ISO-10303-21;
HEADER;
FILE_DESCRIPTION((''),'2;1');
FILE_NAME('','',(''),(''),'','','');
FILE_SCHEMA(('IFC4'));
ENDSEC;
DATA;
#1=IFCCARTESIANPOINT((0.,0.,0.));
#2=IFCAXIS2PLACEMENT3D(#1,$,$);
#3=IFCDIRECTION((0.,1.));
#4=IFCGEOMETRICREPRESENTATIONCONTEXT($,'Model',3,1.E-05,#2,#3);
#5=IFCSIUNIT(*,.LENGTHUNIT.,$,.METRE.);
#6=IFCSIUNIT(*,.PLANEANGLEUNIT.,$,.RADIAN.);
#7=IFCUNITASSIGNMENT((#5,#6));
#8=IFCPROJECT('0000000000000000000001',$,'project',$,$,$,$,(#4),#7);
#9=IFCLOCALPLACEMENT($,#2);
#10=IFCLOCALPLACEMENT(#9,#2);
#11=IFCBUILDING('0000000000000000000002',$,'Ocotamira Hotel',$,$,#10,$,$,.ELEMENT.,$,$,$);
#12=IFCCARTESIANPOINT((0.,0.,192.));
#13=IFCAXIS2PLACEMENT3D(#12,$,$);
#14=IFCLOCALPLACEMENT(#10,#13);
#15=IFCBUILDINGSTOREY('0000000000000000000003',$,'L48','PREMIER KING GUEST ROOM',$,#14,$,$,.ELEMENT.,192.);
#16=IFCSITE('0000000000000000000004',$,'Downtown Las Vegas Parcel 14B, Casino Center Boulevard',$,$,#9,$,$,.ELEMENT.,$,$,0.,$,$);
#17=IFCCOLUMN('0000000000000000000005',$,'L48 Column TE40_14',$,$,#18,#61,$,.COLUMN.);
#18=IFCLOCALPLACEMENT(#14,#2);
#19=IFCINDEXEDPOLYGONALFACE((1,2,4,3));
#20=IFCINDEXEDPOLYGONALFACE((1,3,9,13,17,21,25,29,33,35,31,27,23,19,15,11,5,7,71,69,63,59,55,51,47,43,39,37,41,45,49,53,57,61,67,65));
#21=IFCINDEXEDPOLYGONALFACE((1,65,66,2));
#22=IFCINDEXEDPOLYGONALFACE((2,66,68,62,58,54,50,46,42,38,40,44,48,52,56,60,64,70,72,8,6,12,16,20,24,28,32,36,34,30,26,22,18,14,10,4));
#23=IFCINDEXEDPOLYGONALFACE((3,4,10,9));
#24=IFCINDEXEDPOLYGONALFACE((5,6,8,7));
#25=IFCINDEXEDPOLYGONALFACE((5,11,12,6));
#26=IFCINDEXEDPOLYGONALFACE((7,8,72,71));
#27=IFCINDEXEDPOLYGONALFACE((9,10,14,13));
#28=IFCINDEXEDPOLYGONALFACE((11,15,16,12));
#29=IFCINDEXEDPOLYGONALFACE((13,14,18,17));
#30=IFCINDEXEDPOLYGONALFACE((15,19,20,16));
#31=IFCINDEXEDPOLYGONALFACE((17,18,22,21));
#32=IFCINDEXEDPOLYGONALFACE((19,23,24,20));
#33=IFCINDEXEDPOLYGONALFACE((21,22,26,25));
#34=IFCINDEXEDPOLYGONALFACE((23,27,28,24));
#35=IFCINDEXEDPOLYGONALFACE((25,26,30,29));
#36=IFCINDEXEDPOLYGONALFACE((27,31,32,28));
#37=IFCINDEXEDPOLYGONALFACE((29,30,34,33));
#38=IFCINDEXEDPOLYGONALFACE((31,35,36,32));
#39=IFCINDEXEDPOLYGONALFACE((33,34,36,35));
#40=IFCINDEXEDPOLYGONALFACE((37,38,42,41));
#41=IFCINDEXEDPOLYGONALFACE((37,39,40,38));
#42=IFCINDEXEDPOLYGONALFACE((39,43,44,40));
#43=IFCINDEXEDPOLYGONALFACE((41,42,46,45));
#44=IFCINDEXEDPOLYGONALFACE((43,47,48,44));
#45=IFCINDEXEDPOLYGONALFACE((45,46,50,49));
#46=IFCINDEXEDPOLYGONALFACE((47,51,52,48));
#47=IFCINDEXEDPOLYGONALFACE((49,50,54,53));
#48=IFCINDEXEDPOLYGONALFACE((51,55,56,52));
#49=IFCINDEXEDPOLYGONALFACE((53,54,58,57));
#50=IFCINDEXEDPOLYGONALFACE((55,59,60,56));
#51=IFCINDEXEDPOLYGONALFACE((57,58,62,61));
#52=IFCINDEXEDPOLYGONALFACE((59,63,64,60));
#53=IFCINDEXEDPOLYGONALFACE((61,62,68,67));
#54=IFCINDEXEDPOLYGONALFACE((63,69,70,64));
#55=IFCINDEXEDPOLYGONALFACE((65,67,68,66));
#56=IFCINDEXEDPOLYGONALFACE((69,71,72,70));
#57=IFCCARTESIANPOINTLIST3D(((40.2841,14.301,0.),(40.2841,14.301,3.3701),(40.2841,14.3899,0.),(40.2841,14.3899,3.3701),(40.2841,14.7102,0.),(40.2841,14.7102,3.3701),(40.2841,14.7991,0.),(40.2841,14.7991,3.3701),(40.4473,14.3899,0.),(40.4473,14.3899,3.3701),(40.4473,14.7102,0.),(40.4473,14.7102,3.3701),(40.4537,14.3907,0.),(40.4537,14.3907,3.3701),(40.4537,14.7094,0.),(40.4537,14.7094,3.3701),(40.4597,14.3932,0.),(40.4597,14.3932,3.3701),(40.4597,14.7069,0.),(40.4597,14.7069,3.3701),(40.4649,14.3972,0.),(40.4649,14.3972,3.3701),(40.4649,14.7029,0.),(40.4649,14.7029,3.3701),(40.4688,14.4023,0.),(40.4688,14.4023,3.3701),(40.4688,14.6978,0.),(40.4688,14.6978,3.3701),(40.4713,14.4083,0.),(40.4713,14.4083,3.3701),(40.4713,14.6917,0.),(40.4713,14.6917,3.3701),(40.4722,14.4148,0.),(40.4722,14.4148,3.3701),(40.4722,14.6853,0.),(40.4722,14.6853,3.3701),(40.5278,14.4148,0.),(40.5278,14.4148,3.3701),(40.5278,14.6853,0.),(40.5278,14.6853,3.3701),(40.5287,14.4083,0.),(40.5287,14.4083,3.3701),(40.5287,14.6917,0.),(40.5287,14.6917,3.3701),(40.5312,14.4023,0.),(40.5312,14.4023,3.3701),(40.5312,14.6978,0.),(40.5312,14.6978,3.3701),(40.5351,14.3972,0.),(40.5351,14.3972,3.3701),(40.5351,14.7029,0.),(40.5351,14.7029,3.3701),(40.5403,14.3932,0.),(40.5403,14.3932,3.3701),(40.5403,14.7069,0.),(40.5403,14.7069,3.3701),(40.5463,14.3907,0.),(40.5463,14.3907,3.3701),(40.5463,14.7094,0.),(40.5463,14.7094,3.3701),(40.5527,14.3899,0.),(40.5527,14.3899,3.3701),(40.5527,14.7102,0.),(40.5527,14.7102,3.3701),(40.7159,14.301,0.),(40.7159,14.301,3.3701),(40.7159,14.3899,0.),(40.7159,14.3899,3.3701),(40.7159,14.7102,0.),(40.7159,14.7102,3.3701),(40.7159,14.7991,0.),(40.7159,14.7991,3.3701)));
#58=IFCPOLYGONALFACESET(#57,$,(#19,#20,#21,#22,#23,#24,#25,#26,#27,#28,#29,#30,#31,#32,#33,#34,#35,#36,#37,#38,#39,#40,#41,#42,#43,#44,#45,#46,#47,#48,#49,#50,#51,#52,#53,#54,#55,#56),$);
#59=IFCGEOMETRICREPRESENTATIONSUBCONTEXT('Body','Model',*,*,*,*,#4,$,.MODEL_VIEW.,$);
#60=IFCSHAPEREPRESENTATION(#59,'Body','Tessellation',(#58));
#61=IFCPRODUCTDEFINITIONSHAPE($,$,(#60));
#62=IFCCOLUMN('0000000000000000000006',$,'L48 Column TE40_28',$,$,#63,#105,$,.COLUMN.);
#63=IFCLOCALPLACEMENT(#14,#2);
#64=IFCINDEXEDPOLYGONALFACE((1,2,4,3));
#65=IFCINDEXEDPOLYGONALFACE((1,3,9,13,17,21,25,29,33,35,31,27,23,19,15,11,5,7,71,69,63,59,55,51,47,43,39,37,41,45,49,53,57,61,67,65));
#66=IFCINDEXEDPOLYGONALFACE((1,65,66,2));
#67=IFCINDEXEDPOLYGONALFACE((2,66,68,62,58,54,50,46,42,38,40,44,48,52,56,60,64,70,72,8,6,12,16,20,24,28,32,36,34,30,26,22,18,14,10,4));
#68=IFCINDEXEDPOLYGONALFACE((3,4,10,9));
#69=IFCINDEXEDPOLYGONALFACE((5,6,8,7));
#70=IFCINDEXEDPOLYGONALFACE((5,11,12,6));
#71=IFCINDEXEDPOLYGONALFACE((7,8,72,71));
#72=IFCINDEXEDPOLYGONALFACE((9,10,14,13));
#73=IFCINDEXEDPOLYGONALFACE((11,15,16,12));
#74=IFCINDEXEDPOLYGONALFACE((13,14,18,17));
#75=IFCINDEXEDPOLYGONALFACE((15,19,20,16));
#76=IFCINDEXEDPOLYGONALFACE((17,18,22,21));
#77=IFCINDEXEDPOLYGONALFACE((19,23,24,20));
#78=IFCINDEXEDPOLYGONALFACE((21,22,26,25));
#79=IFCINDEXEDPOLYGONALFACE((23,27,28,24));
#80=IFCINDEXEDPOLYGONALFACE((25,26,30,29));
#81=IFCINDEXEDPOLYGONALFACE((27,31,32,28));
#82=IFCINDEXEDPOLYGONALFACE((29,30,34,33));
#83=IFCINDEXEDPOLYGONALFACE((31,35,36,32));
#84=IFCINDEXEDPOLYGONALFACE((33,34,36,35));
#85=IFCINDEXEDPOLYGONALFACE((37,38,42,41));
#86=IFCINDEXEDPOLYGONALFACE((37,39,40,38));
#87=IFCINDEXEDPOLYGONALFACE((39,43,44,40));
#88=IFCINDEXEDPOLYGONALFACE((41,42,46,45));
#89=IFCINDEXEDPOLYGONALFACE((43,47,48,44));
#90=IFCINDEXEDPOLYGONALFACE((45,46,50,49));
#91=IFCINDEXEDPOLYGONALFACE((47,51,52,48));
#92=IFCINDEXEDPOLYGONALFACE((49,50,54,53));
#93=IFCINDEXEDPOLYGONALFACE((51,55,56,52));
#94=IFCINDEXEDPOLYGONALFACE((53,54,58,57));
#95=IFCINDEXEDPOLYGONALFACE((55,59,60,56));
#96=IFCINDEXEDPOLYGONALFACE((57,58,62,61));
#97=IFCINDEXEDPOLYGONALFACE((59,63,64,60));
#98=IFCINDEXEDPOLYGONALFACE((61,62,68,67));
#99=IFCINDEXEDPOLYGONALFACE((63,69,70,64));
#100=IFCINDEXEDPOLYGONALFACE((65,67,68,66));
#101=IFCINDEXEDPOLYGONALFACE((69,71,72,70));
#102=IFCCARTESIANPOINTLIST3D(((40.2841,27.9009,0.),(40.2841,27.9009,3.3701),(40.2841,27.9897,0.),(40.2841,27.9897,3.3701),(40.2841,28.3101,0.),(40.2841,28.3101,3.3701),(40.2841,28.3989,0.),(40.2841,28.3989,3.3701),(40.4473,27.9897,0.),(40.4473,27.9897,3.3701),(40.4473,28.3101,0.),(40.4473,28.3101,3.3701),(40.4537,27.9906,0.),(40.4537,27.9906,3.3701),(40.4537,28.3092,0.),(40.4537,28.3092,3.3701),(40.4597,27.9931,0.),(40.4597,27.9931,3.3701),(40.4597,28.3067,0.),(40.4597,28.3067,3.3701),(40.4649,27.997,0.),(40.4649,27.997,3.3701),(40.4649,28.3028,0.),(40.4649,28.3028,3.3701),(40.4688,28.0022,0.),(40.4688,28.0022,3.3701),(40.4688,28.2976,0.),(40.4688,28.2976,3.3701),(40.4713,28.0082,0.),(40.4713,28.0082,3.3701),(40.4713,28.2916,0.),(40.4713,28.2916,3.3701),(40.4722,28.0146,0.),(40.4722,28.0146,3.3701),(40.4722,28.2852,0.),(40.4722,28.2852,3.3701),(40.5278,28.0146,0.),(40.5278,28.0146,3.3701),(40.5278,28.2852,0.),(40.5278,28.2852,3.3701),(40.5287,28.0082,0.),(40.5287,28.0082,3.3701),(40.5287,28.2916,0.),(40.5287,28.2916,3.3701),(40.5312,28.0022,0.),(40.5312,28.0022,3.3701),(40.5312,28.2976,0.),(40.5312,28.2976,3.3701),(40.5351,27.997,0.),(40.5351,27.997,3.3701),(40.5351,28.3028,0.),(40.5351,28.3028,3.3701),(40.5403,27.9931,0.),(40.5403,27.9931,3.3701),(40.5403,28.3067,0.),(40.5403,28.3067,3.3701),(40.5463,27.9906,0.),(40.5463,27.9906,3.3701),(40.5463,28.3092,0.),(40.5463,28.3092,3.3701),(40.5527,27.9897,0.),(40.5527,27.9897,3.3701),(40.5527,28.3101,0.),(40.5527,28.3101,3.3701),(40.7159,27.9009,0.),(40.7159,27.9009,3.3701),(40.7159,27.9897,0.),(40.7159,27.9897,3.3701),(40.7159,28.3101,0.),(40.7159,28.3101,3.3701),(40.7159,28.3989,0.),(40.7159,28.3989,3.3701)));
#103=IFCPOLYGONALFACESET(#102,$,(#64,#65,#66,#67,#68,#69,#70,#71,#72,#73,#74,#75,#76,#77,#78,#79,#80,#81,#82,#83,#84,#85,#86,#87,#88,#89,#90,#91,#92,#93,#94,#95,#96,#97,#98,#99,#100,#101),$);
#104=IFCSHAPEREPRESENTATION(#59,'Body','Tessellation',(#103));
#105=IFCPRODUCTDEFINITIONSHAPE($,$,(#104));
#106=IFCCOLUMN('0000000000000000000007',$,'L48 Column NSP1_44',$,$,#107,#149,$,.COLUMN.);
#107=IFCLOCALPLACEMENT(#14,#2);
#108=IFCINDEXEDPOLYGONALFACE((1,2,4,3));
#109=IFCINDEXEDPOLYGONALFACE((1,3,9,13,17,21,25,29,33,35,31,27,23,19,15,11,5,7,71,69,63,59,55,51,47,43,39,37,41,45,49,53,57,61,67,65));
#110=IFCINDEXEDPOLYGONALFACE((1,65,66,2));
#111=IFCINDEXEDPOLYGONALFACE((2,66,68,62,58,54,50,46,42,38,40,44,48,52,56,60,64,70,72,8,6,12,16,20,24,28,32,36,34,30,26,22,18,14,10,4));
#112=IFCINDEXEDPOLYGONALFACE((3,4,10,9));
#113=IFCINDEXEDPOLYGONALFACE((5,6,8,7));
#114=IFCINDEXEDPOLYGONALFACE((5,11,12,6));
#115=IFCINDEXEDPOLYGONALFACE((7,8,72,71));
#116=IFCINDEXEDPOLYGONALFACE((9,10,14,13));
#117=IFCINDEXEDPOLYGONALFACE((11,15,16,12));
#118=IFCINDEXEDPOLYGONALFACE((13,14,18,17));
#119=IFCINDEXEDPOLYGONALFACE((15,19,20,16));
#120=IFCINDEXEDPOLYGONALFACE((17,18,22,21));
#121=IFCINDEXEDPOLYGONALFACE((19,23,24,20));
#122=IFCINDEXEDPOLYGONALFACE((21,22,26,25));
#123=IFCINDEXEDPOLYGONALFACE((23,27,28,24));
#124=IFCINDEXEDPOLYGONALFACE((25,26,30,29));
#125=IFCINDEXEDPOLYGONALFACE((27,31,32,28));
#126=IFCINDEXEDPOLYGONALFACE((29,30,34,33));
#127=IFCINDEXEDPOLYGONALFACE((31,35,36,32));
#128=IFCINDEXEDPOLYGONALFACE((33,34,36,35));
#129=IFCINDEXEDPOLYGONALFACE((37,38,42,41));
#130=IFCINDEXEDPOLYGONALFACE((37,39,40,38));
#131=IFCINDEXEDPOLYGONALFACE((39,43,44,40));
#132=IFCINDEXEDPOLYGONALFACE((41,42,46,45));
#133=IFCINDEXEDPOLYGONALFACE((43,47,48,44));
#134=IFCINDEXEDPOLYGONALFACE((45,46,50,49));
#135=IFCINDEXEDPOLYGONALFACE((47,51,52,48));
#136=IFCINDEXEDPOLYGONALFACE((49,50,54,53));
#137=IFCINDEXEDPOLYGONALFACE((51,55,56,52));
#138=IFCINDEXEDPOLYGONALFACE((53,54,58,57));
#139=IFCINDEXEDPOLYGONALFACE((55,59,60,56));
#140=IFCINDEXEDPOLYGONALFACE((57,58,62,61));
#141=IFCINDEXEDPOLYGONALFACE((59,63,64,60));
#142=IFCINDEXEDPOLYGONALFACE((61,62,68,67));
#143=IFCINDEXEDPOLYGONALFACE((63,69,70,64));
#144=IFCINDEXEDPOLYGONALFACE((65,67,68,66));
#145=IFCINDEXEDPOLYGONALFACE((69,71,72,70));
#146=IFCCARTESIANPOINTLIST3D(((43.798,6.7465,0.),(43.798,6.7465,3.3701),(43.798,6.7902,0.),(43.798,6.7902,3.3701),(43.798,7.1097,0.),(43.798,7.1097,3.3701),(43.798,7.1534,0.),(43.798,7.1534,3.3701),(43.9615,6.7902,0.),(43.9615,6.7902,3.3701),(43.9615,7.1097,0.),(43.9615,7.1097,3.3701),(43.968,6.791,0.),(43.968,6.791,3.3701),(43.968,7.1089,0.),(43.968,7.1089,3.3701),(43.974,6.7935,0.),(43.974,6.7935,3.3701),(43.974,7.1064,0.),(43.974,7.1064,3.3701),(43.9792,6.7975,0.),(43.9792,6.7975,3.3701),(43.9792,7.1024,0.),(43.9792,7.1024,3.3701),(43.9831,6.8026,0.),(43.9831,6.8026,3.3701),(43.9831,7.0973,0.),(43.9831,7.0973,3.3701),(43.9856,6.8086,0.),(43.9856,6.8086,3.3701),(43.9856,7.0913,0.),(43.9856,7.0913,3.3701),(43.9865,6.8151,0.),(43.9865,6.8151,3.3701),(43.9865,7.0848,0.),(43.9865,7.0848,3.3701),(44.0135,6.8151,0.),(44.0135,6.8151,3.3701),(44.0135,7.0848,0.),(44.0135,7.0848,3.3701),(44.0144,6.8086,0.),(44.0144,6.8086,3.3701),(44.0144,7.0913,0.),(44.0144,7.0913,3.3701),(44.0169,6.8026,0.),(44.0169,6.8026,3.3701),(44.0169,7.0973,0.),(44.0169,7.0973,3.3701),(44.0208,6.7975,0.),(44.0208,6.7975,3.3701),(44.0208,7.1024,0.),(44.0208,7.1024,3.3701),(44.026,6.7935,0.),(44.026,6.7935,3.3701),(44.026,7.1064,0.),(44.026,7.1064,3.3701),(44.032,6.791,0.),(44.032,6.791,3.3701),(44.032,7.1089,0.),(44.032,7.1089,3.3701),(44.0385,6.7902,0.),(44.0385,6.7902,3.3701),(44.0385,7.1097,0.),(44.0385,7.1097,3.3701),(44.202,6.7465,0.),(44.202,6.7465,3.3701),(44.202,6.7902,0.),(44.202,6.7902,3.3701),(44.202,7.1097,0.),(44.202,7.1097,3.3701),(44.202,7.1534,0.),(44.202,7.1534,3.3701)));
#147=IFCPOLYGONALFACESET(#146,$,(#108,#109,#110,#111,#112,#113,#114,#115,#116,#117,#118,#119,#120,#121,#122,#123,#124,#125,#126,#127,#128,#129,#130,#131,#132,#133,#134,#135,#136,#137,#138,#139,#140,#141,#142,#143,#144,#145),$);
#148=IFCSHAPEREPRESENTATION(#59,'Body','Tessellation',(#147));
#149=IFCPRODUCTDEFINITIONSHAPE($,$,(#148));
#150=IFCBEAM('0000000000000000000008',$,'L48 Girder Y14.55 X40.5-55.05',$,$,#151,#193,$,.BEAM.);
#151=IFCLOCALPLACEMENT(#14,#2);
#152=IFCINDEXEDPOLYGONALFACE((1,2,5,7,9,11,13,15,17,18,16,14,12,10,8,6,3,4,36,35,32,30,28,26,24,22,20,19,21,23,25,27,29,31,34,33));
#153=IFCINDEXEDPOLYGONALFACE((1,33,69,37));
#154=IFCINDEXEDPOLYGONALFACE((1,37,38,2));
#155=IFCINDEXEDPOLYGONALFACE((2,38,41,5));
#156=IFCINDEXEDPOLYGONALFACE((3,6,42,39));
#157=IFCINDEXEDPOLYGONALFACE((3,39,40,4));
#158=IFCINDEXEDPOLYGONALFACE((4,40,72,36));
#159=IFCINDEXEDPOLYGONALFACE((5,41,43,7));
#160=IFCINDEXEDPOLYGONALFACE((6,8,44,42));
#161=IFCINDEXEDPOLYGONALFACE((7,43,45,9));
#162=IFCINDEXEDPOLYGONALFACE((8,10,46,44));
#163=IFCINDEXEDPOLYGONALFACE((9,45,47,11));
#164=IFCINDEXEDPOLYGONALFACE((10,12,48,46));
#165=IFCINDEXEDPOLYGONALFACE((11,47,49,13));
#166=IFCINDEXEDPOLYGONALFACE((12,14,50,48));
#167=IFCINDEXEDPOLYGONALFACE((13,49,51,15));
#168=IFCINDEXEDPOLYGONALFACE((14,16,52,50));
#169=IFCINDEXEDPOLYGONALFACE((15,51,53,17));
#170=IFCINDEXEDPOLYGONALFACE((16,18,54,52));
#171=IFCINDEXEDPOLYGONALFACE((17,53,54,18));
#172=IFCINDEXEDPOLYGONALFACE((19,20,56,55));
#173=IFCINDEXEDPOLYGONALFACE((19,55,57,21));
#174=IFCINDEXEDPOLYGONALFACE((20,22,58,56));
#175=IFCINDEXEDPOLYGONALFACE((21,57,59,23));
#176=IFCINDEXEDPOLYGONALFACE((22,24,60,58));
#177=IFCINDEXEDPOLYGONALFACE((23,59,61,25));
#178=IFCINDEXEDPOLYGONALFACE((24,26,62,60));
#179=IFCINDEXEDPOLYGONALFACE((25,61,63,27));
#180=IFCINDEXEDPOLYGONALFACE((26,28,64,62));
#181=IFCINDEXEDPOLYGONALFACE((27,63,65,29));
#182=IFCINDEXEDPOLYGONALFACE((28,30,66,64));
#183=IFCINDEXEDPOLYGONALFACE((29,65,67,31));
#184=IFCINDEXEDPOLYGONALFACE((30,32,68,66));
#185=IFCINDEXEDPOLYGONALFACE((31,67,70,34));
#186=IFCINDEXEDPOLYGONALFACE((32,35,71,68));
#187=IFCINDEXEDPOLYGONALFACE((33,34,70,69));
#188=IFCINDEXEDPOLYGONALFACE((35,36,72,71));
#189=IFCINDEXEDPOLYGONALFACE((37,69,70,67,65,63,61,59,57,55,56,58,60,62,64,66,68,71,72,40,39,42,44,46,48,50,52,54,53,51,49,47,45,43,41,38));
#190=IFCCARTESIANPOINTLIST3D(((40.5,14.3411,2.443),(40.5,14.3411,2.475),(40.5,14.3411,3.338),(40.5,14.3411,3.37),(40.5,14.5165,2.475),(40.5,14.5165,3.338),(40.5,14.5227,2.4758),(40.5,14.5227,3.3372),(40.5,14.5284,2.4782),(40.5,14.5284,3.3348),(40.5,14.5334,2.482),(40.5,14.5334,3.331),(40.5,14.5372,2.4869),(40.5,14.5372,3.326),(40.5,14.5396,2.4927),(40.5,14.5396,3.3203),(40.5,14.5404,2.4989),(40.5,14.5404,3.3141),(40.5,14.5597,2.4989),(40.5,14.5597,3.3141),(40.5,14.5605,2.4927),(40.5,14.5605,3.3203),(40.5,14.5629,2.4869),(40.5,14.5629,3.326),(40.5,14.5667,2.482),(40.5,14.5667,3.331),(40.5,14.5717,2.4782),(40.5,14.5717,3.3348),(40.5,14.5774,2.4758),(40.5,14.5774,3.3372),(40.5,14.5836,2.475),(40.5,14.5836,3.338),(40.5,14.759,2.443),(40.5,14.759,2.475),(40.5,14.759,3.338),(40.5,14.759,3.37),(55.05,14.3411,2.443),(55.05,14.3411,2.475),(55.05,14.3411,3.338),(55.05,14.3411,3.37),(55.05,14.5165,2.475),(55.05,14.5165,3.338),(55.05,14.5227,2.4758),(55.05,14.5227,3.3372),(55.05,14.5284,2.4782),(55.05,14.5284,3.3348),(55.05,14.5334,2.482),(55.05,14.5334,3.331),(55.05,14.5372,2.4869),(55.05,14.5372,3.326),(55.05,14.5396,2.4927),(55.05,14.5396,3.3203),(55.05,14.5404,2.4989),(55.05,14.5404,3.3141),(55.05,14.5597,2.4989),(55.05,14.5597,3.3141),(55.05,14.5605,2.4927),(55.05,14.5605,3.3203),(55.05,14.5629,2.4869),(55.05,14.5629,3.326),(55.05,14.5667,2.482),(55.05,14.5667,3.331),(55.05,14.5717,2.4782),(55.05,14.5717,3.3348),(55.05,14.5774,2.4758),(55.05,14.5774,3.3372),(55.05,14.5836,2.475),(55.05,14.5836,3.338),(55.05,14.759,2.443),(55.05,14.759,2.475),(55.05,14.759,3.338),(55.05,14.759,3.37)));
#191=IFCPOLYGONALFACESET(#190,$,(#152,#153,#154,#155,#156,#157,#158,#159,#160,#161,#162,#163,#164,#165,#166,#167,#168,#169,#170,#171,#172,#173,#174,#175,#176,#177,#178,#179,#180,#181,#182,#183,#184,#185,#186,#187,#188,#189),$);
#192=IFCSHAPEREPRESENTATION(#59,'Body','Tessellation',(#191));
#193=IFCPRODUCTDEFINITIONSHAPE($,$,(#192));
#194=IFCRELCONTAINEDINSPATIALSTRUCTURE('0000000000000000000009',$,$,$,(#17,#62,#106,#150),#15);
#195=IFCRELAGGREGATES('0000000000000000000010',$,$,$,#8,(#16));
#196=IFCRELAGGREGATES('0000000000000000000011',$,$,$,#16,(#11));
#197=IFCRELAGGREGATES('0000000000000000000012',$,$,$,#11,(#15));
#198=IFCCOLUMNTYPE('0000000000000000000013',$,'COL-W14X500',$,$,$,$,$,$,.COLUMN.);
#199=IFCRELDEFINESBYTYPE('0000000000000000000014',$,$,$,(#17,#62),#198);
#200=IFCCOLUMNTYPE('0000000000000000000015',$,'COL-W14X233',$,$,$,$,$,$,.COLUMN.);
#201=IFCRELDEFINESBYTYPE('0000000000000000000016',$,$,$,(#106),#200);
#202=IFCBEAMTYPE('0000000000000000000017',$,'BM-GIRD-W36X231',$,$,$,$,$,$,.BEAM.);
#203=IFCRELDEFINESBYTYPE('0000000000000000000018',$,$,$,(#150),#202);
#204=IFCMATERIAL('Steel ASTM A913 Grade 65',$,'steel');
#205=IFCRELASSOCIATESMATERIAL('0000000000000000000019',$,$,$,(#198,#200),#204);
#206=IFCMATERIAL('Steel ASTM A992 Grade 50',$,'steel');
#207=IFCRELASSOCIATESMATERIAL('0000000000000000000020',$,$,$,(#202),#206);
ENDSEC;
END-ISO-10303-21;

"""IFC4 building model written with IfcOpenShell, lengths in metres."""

from ifc_helpers import new_model, si_unit, direction, frame, origin, origin_2d, place, context, subcontext, project, spatial, i_section, extrude, source, transform, mapped, material, material_profile, profile_set, type_object, element, save


model = new_model("IFC4")

# Units and contexts
model_context = context("Model", 3, precision=1e-05, world=origin(), true_north=direction((0.0, 1.0)))
body_context = subcontext(model_context, "Body", "Model", "MODEL_VIEW")
ifc_project = project(units=[si_unit("LENGTHUNIT", "METRE"), si_unit("PLANEANGLEUNIT", "RADIAN")], contexts=[model_context])

# Site, building, storey
site_placement = place(None, origin())
site = spatial("IfcSite", under=ifc_project, at=site_placement, Name="Downtown Las Vegas Parcel 14B, Casino Center Boulevard", CompositionType="ELEMENT", RefElevation=0.0)
building_placement = place(site_placement, origin())
building = spatial("IfcBuilding", under=site, at=building_placement, Name="Ocotamira Hotel", CompositionType="ELEMENT")
storey_placement = place(building_placement, frame((0.0, 0.0, 192.0)))
storey = spatial("IfcBuildingStorey", under=building, at=storey_placement, Name="L48", Description="PREMIER KING GUEST ROOM", CompositionType="ELEMENT", Elevation=192.0)

# Columns
ifc_material_1 = material(Name="Steel ASTM A913 Grade 65", Category="steel")
ifc_material_profile_1 = material_profile(ifc_material_1, i_section(OverallWidth=0.4319, OverallDepth=0.498, WebThickness=0.0557, FlangeThickness=0.0889, FilletRadius=0.0249, at=origin_2d()), Name="W14X500")
ifc_profile_set_1 = profile_set([ifc_material_profile_1], Name="Steel ASTM A913 Grade 65")
column_type_1 = type_object("IfcColumnType", Name="COL-W14X500", PredefinedType="COLUMN", material=ifc_profile_set_1)
shared_shape_1 = source(origin(), body_context, "Body", "SweptSolid", [
    extrude(i_section(OverallWidth=0.4319, OverallDepth=0.498, WebThickness=0.0557, FlangeThickness=0.0889, FilletRadius=0.0249, at=origin_2d()), origin(), (0.0, 0.0, 1.0), 3.3701),
])
for number, where, z_axis, x_axis, name in (
    (1, (40.5, 14.55, 0.0), (0.0, 0.0, 1.0), (1.0, 0.0, 0.0), "L48 Column TE40_14"),
    (2, (40.5, 28.1499, 0.0), (0.0, 0.0, 1.0), (1.0, 0.0, 0.0), "L48 Column TE40_28"),
):
    element("IfcColumn", number, at=place(storey_placement, frame(where, z_axis=z_axis, x_axis=x_axis)), inside=storey, type_object=column_type_1, Name=name, PredefinedType="COLUMN", context=body_context, shape_type="MappedRepresentation", body=[
        mapped(shared_shape_1, transform((0.0, 0.0, 0.0), scale=1.0)),
    ])
ifc_material_profile_2 = material_profile(ifc_material_1, i_section(OverallWidth=0.4041, OverallDepth=0.407, WebThickness=0.0271, FlangeThickness=0.0437, FilletRadius=0.0249, at=origin_2d()), Name="W14X233")
ifc_profile_set_2 = profile_set([ifc_material_profile_2], Name="Steel ASTM A913 Grade 65")
column_type_2 = type_object("IfcColumnType", Name="COL-W14X233", PredefinedType="COLUMN", material=ifc_profile_set_2)
shared_shape_2 = source(origin(), body_context, "Body", "SweptSolid", [
    extrude(i_section(OverallWidth=0.4041, OverallDepth=0.407, WebThickness=0.0271, FlangeThickness=0.0437, FilletRadius=0.0249, at=origin_2d()), origin(), (0.0, 0.0, 1.0), 3.3701),
])
column_placement = place(storey_placement, frame((44.0, 6.95, 0.0), z_axis=(0.0, 0.0, 1.0), x_axis=(1.0, 0.0, 0.0)))
element("IfcColumn", 3, at=column_placement, inside=storey, type_object=column_type_2, Name="L48 Column NSP1_44", PredefinedType="COLUMN", context=body_context, shape_type="MappedRepresentation", body=[
    mapped(shared_shape_2, transform((0.0, 0.0, 0.0), scale=1.0)),
])

# Beam
ifc_material_2 = material(Name="Steel ASTM A992 Grade 50", Category="steel")
ifc_material_profile_3 = material_profile(ifc_material_2, i_section(OverallWidth=0.418, OverallDepth=0.927, WebThickness=0.0193, FlangeThickness=0.032, FilletRadius=0.0239, at=origin_2d()), Name="W36X231")
ifc_profile_set_3 = profile_set([ifc_material_profile_3], Name="Steel ASTM A992 Grade 50")
beam_type_1 = type_object("IfcBeamType", Name="BM-GIRD-W36X231", PredefinedType="BEAM", material=ifc_profile_set_3)
shared_shape_3 = source(origin(), body_context, "Body", "SweptSolid", [
    extrude(i_section(OverallWidth=0.418, OverallDepth=0.927, WebThickness=0.0193, FlangeThickness=0.032, FilletRadius=0.0239, at=origin_2d()), origin(), (0.0, 0.0, 1.0), 14.55),
])
for number, where, z_axis, x_axis, name in (
    (4, (40.5, 14.55, 2.9065), (1.0, 0.0, 0.0), (0.0, 1.0, 0.0), "L48 Girder Y14.55 X40.5-55.05"),
):
    element("IfcBeam", number, at=place(storey_placement, frame(where, z_axis=z_axis, x_axis=x_axis)), inside=storey, type_object=beam_type_1, Name=name, PredefinedType="BEAM", context=body_context, shape_type="MappedRepresentation", body=[
        mapped(shared_shape_3, transform((0.0, 0.0, 0.0), scale=1.0)),
    ])

save(model, "model.ifc")
